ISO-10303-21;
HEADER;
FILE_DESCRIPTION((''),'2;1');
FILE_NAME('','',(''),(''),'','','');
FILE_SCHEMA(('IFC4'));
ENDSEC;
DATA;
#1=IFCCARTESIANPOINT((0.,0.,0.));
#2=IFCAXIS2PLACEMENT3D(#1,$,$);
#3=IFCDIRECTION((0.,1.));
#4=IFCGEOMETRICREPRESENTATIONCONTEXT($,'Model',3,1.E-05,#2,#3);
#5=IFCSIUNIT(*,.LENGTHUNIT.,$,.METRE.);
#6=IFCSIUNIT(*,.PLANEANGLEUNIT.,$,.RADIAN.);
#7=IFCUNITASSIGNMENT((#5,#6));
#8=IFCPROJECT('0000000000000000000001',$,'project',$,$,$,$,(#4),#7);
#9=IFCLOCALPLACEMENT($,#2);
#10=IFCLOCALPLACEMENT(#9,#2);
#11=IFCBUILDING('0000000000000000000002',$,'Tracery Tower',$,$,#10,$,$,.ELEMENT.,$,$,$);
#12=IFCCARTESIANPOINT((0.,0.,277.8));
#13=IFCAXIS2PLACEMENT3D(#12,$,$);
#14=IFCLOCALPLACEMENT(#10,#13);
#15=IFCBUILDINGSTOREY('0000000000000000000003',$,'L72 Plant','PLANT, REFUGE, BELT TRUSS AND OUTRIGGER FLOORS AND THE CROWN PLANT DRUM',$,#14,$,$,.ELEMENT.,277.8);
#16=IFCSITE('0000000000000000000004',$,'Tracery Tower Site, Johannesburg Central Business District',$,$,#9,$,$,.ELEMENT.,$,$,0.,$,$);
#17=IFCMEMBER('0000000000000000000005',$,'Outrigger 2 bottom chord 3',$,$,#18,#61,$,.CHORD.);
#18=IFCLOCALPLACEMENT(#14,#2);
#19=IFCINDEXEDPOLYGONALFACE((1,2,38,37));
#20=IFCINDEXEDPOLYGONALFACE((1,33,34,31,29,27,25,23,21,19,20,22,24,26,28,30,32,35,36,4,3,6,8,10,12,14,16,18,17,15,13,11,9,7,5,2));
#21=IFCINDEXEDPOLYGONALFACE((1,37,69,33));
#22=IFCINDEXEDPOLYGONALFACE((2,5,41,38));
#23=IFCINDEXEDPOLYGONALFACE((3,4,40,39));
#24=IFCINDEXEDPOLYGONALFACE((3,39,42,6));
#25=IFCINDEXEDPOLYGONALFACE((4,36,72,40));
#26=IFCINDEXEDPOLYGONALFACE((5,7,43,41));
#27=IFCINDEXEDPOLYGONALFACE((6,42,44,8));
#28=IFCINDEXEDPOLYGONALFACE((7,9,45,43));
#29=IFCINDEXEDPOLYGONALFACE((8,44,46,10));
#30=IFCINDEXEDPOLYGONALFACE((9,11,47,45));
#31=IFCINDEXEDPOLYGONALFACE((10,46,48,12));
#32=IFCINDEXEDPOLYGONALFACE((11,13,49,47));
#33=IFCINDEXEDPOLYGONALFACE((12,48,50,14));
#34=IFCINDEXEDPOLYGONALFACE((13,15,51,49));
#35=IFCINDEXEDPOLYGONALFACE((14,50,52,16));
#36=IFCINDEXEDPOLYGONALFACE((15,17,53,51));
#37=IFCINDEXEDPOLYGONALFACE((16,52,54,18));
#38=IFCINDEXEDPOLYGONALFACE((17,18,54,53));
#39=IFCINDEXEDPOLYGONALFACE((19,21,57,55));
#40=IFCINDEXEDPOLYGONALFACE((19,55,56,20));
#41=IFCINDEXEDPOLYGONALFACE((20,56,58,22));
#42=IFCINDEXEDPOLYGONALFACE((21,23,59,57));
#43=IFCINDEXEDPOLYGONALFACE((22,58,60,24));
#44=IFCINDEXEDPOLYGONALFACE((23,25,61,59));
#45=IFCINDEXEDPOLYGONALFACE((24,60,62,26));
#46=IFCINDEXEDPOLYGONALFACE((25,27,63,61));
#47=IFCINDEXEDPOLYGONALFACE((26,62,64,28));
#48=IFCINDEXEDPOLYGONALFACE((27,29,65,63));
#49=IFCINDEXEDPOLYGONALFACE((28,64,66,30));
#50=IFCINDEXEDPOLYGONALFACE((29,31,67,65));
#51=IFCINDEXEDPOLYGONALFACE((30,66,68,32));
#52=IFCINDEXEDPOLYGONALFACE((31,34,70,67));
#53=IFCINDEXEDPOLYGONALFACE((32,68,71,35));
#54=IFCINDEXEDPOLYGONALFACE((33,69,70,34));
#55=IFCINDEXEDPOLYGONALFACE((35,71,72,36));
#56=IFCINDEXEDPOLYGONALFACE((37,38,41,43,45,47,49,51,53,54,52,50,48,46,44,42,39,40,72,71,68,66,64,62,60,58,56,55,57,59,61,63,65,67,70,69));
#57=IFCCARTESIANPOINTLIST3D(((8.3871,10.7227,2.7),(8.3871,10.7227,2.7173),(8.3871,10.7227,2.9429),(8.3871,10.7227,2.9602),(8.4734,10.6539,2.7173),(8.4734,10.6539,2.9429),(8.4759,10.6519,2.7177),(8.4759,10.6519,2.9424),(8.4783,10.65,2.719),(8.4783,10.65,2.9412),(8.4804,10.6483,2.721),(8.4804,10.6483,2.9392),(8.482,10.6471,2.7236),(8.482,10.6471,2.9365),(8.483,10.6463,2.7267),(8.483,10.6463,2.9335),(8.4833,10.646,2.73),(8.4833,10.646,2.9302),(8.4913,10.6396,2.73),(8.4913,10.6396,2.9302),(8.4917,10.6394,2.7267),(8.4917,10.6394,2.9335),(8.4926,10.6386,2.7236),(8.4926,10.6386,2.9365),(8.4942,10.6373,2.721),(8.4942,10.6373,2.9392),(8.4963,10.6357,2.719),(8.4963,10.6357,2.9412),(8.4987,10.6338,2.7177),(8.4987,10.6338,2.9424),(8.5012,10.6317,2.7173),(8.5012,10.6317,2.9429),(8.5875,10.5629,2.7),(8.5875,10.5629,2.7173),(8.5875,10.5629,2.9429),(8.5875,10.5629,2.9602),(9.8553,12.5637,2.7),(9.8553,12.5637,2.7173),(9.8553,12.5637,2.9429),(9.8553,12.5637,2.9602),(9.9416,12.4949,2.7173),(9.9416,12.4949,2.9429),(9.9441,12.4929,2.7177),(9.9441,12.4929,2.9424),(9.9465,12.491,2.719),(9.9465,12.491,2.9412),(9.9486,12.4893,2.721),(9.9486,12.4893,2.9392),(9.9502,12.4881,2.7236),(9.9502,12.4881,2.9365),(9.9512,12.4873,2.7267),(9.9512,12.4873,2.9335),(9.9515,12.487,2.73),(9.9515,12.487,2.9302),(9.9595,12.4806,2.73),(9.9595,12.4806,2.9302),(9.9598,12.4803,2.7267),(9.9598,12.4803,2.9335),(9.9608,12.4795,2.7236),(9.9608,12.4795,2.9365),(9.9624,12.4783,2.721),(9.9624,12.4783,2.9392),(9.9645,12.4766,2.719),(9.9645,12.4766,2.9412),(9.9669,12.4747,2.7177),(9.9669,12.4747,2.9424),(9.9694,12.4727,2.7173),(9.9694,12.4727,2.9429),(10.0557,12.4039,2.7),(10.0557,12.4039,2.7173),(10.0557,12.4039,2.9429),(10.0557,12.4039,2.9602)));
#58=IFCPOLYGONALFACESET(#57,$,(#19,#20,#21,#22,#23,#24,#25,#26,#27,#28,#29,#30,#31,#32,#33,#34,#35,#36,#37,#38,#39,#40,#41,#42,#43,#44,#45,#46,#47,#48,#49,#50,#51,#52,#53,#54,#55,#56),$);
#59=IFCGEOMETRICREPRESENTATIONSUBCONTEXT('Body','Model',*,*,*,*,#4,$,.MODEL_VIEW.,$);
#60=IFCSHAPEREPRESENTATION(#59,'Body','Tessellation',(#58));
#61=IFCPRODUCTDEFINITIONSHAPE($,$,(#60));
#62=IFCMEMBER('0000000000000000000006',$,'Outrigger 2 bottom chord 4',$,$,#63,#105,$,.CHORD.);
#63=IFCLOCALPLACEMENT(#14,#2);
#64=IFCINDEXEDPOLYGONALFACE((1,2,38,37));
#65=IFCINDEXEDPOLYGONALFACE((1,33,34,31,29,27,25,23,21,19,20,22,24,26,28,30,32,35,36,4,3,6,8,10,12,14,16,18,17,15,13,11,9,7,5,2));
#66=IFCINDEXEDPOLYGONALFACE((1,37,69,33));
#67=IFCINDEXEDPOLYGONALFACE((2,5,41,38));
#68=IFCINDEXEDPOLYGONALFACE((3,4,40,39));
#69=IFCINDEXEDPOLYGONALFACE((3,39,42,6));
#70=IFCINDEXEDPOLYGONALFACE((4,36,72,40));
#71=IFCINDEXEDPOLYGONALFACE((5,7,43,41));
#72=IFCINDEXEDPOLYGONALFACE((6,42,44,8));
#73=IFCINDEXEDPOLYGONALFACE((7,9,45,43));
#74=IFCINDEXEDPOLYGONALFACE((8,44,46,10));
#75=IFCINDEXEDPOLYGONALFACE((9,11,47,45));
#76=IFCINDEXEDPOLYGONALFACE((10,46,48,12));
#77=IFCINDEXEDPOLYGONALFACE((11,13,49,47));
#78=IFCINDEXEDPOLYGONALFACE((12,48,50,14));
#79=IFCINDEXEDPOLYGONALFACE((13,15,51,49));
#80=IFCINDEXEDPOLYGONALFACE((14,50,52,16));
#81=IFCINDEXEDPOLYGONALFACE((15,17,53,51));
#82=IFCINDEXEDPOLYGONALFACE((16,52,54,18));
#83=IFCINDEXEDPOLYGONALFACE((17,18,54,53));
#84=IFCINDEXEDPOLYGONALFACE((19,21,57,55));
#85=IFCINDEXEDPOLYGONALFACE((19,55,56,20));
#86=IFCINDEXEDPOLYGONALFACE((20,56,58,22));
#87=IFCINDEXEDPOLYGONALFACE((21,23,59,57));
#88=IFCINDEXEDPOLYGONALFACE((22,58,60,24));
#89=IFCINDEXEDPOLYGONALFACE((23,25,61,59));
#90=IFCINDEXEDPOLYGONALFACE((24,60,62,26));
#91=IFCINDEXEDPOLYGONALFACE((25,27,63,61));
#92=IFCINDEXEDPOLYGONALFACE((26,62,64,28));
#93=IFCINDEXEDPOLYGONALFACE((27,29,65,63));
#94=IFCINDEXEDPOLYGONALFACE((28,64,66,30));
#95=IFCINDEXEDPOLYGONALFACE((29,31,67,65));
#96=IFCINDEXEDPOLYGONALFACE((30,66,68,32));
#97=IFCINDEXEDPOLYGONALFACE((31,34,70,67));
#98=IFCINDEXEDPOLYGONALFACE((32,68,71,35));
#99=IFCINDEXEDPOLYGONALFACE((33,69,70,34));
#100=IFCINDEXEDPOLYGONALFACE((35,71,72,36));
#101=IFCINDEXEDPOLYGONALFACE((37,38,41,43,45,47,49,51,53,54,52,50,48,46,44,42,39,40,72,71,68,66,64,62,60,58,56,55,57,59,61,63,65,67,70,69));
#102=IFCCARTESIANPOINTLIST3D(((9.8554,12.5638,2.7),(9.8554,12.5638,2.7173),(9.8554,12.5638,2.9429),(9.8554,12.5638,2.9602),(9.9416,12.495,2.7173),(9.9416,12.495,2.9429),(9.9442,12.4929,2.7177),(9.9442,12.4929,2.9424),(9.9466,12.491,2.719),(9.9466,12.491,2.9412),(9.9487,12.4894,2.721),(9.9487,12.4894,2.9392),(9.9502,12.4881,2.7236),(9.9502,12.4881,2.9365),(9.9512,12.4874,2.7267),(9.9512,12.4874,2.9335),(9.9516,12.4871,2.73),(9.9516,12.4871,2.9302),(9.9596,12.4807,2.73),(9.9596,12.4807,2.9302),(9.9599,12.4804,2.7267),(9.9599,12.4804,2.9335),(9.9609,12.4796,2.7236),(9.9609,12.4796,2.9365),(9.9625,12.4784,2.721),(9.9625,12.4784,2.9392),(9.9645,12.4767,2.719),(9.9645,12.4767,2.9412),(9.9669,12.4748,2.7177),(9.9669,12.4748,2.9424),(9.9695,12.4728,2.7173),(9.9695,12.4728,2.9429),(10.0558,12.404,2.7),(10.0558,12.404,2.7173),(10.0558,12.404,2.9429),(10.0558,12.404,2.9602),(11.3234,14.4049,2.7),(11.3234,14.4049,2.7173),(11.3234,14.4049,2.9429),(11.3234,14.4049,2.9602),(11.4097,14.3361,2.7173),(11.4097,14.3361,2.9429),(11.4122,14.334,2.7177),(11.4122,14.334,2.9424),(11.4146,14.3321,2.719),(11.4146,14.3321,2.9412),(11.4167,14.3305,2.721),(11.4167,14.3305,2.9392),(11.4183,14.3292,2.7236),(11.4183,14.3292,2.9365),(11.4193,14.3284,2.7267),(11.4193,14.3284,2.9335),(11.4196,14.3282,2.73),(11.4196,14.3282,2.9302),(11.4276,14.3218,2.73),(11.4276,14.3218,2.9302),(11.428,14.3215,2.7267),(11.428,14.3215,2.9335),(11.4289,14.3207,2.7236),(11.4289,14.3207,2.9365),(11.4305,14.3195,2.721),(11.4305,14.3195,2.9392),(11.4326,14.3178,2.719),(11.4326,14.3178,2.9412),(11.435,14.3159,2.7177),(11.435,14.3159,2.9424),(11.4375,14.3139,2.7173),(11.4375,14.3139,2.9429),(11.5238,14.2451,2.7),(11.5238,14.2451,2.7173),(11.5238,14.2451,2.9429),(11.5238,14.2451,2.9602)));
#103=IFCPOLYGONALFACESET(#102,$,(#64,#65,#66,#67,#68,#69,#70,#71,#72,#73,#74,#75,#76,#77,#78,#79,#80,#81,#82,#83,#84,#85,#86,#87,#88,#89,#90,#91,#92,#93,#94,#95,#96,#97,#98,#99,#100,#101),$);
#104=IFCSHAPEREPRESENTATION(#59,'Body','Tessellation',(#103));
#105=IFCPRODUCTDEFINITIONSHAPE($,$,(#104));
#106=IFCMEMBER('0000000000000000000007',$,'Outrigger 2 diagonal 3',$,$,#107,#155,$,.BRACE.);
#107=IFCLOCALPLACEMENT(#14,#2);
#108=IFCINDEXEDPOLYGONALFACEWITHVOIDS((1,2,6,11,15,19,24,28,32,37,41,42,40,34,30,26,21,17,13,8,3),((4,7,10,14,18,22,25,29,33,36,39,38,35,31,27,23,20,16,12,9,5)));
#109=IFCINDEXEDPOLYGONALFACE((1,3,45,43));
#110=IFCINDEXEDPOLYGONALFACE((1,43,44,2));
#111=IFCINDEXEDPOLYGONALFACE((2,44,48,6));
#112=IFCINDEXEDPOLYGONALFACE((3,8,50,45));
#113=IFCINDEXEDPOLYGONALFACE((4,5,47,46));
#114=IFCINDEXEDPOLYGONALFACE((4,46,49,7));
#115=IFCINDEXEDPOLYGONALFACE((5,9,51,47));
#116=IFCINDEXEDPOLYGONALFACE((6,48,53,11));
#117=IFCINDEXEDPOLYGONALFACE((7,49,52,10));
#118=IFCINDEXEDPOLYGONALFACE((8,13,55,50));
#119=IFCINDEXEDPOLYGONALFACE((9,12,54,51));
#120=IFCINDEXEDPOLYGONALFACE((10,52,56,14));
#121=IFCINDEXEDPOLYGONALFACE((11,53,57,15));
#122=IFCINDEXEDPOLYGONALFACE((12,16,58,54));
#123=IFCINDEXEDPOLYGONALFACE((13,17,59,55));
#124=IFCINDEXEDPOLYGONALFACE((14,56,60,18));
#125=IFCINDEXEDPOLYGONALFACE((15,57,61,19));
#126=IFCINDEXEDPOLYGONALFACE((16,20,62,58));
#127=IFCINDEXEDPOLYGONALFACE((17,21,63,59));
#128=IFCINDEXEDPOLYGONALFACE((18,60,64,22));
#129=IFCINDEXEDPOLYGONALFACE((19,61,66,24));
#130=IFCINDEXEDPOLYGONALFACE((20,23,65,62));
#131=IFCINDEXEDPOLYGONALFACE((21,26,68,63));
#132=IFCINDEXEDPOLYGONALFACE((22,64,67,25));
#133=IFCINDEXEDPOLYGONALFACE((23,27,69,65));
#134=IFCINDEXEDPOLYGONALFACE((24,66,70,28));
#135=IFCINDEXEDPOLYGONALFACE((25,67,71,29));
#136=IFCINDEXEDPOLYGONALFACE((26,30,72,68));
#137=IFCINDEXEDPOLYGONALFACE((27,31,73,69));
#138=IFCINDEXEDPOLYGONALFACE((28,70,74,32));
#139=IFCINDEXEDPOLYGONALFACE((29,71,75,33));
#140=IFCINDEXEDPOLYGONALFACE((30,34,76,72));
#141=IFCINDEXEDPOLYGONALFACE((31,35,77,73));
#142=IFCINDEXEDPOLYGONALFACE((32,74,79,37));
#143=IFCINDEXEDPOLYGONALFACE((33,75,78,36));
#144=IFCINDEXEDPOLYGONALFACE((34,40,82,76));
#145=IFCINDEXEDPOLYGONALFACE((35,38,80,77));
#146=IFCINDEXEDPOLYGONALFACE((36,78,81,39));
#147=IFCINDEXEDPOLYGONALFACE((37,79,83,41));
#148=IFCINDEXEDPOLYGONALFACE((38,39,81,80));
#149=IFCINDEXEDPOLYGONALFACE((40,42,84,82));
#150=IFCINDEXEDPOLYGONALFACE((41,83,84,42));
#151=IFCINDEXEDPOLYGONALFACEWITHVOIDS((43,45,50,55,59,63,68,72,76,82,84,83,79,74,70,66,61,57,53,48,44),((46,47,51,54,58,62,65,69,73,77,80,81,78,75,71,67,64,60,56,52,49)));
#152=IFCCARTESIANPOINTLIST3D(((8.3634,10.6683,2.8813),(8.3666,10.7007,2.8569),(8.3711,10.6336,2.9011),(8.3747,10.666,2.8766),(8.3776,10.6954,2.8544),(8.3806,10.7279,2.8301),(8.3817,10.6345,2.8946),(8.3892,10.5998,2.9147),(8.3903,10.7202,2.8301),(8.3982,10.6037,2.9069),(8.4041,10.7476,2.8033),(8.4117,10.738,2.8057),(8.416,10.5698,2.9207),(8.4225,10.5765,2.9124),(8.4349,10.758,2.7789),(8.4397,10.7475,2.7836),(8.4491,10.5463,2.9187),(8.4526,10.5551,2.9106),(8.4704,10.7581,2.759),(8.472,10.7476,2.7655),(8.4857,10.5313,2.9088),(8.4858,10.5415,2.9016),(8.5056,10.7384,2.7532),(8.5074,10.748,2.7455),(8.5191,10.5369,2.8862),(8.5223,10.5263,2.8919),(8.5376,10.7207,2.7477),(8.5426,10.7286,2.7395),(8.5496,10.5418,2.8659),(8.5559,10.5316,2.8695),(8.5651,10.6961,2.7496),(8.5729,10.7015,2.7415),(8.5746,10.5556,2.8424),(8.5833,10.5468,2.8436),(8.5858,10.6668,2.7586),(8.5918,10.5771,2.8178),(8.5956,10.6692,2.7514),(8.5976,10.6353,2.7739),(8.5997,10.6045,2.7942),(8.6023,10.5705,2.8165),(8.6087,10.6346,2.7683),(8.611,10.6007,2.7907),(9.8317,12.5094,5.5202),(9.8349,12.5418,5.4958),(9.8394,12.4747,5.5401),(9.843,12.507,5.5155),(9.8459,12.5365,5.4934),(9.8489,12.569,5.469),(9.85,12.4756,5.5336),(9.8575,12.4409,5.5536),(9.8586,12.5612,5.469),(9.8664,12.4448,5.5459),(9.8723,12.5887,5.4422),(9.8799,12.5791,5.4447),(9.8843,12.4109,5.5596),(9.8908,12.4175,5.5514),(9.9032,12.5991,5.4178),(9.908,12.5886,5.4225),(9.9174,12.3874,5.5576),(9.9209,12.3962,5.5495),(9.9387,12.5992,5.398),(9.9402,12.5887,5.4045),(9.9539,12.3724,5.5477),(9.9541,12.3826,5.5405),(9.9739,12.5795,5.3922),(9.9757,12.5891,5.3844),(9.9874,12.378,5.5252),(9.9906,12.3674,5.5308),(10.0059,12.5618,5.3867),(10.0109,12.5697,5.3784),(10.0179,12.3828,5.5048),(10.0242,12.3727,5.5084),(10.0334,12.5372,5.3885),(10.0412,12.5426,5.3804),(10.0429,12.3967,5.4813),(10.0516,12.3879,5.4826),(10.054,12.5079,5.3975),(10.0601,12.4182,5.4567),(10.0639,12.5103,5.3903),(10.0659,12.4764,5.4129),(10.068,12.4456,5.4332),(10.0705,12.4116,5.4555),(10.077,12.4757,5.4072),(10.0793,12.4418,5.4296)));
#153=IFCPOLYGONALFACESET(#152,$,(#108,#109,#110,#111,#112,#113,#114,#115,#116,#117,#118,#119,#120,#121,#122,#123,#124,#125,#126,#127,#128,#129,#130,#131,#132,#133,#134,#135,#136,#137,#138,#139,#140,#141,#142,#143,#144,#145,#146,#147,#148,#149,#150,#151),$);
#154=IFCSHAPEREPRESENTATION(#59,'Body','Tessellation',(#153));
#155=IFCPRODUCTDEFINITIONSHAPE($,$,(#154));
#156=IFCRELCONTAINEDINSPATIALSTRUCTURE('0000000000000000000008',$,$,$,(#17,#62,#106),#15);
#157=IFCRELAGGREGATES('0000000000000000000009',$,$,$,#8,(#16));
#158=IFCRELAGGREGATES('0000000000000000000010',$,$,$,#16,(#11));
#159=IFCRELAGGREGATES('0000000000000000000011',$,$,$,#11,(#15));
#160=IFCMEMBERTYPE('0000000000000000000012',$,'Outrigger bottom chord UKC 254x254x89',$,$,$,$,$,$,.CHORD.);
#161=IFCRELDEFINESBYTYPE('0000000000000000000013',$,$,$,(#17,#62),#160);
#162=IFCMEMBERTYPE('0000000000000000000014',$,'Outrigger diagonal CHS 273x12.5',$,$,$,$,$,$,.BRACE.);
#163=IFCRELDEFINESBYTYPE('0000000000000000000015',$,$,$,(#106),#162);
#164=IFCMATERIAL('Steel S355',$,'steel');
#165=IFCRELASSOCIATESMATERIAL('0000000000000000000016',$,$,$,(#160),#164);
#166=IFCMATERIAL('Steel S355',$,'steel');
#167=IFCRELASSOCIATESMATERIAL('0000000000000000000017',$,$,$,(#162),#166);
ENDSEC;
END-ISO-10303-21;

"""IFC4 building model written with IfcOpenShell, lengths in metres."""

from ifc_helpers import new_model, si_unit, direction, frame, origin, origin_2d, place, context, subcontext, project, spatial, hollow_circle, i_section, extrude, material, material_profile, profile_set, type_object, element, save


model = new_model("IFC4")

# Units and contexts
model_context = context("Model", 3, precision=1e-05, world=origin(), true_north=direction((0.0, 1.0)))
body_context = subcontext(model_context, "Body", "Model", "MODEL_VIEW")
ifc_project = project(units=[si_unit("LENGTHUNIT", "METRE"), si_unit("PLANEANGLEUNIT", "RADIAN")], contexts=[model_context])

# Site, building, storey
site_placement = place(None, origin())
site = spatial("IfcSite", under=ifc_project, at=site_placement, Name="Tracery Tower Site, Johannesburg Central Business District", CompositionType="ELEMENT", RefElevation=0.0)
building_placement = place(site_placement, origin())
building = spatial("IfcBuilding", under=site, at=building_placement, Name="Tracery Tower", CompositionType="ELEMENT")
storey_placement = place(building_placement, frame((0.0, 0.0, 277.8)))
storey = spatial("IfcBuildingStorey", under=building, at=storey_placement, Name="L72 Plant", Description="PLANT, REFUGE, BELT TRUSS AND OUTRIGGER FLOORS AND THE CROWN PLANT DRUM", CompositionType="ELEMENT", Elevation=277.8)

# Members
ifc_material_1 = material(Name="Steel S355", Category="steel")
ifc_material_profile_1 = material_profile(ifc_material_1, i_section(OverallWidth=0.2563, OverallDepth=0.2603, WebThickness=0.0103, FlangeThickness=0.0173, FilletRadius=0.0127, at=origin_2d()), Name="UKC 254x254x89")
ifc_profile_set_1 = profile_set([ifc_material_profile_1], Name="Steel S355")
member_type_1 = type_object("IfcMemberType", Name="Outrigger bottom chord UKC 254x254x89", PredefinedType="CHORD", material=ifc_profile_set_1)
for number, where, z_axis, x_axis, name in (
    (1, (8.4873, 10.6428, 2.8301), (0.623506, 0.781819, 0.0), (-0.781819, 0.623506, 0.0), "Outrigger 2 bottom chord 3"),
    (2, (9.9556, 12.4839, 2.8301), (0.623442, 0.781869, 0.0), (-0.781869, 0.623442, 0.0), "Outrigger 2 bottom chord 4"),
):
    element("IfcMember", number, at=place(storey_placement, frame(where, z_axis=z_axis, x_axis=x_axis)), inside=storey, type_object=member_type_1, Name=name, PredefinedType="CHORD", context=body_context, shape_type="SweptSolid", body=[
        extrude(i_section(OverallWidth=0.2563, OverallDepth=0.2603, WebThickness=0.0103, FlangeThickness=0.0173, FilletRadius=0.0127, at=origin_2d()), origin(), (0.0, 0.0, 1.0), 2.3547),
    ])
ifc_material_2 = material(Name="Steel S355", Category="steel")
ifc_material_profile_2 = material_profile(ifc_material_2, hollow_circle(Radius=0.1365, WallThickness=0.0125, at=origin_2d()), Name="CHS 273x12.5")
ifc_profile_set_2 = profile_set([ifc_material_profile_2], Name="Steel S355")
member_type_2 = type_object("IfcMemberType", Name="Outrigger diagonal CHS 273x12.5", PredefinedType="BRACE", material=ifc_profile_set_2)
member_1_placement = place(storey_placement, frame((8.4873, 10.6428, 2.8301), z_axis=(0.415135, 0.52054, 0.746124), x_axis=(-0.781819, 0.623506, 0.0)))
element("IfcMember", 3, at=member_1_placement, inside=storey, type_object=member_type_2, Name="Outrigger 2 diagonal 3", PredefinedType="BRACE", context=body_context, shape_type="SweptSolid", body=[
    extrude(hollow_circle(Radius=0.1365, WallThickness=0.0125, at=origin_2d()), origin(), (0.0, 0.0, 1.0), 3.5369),
])

save(model, "model.ifc")
